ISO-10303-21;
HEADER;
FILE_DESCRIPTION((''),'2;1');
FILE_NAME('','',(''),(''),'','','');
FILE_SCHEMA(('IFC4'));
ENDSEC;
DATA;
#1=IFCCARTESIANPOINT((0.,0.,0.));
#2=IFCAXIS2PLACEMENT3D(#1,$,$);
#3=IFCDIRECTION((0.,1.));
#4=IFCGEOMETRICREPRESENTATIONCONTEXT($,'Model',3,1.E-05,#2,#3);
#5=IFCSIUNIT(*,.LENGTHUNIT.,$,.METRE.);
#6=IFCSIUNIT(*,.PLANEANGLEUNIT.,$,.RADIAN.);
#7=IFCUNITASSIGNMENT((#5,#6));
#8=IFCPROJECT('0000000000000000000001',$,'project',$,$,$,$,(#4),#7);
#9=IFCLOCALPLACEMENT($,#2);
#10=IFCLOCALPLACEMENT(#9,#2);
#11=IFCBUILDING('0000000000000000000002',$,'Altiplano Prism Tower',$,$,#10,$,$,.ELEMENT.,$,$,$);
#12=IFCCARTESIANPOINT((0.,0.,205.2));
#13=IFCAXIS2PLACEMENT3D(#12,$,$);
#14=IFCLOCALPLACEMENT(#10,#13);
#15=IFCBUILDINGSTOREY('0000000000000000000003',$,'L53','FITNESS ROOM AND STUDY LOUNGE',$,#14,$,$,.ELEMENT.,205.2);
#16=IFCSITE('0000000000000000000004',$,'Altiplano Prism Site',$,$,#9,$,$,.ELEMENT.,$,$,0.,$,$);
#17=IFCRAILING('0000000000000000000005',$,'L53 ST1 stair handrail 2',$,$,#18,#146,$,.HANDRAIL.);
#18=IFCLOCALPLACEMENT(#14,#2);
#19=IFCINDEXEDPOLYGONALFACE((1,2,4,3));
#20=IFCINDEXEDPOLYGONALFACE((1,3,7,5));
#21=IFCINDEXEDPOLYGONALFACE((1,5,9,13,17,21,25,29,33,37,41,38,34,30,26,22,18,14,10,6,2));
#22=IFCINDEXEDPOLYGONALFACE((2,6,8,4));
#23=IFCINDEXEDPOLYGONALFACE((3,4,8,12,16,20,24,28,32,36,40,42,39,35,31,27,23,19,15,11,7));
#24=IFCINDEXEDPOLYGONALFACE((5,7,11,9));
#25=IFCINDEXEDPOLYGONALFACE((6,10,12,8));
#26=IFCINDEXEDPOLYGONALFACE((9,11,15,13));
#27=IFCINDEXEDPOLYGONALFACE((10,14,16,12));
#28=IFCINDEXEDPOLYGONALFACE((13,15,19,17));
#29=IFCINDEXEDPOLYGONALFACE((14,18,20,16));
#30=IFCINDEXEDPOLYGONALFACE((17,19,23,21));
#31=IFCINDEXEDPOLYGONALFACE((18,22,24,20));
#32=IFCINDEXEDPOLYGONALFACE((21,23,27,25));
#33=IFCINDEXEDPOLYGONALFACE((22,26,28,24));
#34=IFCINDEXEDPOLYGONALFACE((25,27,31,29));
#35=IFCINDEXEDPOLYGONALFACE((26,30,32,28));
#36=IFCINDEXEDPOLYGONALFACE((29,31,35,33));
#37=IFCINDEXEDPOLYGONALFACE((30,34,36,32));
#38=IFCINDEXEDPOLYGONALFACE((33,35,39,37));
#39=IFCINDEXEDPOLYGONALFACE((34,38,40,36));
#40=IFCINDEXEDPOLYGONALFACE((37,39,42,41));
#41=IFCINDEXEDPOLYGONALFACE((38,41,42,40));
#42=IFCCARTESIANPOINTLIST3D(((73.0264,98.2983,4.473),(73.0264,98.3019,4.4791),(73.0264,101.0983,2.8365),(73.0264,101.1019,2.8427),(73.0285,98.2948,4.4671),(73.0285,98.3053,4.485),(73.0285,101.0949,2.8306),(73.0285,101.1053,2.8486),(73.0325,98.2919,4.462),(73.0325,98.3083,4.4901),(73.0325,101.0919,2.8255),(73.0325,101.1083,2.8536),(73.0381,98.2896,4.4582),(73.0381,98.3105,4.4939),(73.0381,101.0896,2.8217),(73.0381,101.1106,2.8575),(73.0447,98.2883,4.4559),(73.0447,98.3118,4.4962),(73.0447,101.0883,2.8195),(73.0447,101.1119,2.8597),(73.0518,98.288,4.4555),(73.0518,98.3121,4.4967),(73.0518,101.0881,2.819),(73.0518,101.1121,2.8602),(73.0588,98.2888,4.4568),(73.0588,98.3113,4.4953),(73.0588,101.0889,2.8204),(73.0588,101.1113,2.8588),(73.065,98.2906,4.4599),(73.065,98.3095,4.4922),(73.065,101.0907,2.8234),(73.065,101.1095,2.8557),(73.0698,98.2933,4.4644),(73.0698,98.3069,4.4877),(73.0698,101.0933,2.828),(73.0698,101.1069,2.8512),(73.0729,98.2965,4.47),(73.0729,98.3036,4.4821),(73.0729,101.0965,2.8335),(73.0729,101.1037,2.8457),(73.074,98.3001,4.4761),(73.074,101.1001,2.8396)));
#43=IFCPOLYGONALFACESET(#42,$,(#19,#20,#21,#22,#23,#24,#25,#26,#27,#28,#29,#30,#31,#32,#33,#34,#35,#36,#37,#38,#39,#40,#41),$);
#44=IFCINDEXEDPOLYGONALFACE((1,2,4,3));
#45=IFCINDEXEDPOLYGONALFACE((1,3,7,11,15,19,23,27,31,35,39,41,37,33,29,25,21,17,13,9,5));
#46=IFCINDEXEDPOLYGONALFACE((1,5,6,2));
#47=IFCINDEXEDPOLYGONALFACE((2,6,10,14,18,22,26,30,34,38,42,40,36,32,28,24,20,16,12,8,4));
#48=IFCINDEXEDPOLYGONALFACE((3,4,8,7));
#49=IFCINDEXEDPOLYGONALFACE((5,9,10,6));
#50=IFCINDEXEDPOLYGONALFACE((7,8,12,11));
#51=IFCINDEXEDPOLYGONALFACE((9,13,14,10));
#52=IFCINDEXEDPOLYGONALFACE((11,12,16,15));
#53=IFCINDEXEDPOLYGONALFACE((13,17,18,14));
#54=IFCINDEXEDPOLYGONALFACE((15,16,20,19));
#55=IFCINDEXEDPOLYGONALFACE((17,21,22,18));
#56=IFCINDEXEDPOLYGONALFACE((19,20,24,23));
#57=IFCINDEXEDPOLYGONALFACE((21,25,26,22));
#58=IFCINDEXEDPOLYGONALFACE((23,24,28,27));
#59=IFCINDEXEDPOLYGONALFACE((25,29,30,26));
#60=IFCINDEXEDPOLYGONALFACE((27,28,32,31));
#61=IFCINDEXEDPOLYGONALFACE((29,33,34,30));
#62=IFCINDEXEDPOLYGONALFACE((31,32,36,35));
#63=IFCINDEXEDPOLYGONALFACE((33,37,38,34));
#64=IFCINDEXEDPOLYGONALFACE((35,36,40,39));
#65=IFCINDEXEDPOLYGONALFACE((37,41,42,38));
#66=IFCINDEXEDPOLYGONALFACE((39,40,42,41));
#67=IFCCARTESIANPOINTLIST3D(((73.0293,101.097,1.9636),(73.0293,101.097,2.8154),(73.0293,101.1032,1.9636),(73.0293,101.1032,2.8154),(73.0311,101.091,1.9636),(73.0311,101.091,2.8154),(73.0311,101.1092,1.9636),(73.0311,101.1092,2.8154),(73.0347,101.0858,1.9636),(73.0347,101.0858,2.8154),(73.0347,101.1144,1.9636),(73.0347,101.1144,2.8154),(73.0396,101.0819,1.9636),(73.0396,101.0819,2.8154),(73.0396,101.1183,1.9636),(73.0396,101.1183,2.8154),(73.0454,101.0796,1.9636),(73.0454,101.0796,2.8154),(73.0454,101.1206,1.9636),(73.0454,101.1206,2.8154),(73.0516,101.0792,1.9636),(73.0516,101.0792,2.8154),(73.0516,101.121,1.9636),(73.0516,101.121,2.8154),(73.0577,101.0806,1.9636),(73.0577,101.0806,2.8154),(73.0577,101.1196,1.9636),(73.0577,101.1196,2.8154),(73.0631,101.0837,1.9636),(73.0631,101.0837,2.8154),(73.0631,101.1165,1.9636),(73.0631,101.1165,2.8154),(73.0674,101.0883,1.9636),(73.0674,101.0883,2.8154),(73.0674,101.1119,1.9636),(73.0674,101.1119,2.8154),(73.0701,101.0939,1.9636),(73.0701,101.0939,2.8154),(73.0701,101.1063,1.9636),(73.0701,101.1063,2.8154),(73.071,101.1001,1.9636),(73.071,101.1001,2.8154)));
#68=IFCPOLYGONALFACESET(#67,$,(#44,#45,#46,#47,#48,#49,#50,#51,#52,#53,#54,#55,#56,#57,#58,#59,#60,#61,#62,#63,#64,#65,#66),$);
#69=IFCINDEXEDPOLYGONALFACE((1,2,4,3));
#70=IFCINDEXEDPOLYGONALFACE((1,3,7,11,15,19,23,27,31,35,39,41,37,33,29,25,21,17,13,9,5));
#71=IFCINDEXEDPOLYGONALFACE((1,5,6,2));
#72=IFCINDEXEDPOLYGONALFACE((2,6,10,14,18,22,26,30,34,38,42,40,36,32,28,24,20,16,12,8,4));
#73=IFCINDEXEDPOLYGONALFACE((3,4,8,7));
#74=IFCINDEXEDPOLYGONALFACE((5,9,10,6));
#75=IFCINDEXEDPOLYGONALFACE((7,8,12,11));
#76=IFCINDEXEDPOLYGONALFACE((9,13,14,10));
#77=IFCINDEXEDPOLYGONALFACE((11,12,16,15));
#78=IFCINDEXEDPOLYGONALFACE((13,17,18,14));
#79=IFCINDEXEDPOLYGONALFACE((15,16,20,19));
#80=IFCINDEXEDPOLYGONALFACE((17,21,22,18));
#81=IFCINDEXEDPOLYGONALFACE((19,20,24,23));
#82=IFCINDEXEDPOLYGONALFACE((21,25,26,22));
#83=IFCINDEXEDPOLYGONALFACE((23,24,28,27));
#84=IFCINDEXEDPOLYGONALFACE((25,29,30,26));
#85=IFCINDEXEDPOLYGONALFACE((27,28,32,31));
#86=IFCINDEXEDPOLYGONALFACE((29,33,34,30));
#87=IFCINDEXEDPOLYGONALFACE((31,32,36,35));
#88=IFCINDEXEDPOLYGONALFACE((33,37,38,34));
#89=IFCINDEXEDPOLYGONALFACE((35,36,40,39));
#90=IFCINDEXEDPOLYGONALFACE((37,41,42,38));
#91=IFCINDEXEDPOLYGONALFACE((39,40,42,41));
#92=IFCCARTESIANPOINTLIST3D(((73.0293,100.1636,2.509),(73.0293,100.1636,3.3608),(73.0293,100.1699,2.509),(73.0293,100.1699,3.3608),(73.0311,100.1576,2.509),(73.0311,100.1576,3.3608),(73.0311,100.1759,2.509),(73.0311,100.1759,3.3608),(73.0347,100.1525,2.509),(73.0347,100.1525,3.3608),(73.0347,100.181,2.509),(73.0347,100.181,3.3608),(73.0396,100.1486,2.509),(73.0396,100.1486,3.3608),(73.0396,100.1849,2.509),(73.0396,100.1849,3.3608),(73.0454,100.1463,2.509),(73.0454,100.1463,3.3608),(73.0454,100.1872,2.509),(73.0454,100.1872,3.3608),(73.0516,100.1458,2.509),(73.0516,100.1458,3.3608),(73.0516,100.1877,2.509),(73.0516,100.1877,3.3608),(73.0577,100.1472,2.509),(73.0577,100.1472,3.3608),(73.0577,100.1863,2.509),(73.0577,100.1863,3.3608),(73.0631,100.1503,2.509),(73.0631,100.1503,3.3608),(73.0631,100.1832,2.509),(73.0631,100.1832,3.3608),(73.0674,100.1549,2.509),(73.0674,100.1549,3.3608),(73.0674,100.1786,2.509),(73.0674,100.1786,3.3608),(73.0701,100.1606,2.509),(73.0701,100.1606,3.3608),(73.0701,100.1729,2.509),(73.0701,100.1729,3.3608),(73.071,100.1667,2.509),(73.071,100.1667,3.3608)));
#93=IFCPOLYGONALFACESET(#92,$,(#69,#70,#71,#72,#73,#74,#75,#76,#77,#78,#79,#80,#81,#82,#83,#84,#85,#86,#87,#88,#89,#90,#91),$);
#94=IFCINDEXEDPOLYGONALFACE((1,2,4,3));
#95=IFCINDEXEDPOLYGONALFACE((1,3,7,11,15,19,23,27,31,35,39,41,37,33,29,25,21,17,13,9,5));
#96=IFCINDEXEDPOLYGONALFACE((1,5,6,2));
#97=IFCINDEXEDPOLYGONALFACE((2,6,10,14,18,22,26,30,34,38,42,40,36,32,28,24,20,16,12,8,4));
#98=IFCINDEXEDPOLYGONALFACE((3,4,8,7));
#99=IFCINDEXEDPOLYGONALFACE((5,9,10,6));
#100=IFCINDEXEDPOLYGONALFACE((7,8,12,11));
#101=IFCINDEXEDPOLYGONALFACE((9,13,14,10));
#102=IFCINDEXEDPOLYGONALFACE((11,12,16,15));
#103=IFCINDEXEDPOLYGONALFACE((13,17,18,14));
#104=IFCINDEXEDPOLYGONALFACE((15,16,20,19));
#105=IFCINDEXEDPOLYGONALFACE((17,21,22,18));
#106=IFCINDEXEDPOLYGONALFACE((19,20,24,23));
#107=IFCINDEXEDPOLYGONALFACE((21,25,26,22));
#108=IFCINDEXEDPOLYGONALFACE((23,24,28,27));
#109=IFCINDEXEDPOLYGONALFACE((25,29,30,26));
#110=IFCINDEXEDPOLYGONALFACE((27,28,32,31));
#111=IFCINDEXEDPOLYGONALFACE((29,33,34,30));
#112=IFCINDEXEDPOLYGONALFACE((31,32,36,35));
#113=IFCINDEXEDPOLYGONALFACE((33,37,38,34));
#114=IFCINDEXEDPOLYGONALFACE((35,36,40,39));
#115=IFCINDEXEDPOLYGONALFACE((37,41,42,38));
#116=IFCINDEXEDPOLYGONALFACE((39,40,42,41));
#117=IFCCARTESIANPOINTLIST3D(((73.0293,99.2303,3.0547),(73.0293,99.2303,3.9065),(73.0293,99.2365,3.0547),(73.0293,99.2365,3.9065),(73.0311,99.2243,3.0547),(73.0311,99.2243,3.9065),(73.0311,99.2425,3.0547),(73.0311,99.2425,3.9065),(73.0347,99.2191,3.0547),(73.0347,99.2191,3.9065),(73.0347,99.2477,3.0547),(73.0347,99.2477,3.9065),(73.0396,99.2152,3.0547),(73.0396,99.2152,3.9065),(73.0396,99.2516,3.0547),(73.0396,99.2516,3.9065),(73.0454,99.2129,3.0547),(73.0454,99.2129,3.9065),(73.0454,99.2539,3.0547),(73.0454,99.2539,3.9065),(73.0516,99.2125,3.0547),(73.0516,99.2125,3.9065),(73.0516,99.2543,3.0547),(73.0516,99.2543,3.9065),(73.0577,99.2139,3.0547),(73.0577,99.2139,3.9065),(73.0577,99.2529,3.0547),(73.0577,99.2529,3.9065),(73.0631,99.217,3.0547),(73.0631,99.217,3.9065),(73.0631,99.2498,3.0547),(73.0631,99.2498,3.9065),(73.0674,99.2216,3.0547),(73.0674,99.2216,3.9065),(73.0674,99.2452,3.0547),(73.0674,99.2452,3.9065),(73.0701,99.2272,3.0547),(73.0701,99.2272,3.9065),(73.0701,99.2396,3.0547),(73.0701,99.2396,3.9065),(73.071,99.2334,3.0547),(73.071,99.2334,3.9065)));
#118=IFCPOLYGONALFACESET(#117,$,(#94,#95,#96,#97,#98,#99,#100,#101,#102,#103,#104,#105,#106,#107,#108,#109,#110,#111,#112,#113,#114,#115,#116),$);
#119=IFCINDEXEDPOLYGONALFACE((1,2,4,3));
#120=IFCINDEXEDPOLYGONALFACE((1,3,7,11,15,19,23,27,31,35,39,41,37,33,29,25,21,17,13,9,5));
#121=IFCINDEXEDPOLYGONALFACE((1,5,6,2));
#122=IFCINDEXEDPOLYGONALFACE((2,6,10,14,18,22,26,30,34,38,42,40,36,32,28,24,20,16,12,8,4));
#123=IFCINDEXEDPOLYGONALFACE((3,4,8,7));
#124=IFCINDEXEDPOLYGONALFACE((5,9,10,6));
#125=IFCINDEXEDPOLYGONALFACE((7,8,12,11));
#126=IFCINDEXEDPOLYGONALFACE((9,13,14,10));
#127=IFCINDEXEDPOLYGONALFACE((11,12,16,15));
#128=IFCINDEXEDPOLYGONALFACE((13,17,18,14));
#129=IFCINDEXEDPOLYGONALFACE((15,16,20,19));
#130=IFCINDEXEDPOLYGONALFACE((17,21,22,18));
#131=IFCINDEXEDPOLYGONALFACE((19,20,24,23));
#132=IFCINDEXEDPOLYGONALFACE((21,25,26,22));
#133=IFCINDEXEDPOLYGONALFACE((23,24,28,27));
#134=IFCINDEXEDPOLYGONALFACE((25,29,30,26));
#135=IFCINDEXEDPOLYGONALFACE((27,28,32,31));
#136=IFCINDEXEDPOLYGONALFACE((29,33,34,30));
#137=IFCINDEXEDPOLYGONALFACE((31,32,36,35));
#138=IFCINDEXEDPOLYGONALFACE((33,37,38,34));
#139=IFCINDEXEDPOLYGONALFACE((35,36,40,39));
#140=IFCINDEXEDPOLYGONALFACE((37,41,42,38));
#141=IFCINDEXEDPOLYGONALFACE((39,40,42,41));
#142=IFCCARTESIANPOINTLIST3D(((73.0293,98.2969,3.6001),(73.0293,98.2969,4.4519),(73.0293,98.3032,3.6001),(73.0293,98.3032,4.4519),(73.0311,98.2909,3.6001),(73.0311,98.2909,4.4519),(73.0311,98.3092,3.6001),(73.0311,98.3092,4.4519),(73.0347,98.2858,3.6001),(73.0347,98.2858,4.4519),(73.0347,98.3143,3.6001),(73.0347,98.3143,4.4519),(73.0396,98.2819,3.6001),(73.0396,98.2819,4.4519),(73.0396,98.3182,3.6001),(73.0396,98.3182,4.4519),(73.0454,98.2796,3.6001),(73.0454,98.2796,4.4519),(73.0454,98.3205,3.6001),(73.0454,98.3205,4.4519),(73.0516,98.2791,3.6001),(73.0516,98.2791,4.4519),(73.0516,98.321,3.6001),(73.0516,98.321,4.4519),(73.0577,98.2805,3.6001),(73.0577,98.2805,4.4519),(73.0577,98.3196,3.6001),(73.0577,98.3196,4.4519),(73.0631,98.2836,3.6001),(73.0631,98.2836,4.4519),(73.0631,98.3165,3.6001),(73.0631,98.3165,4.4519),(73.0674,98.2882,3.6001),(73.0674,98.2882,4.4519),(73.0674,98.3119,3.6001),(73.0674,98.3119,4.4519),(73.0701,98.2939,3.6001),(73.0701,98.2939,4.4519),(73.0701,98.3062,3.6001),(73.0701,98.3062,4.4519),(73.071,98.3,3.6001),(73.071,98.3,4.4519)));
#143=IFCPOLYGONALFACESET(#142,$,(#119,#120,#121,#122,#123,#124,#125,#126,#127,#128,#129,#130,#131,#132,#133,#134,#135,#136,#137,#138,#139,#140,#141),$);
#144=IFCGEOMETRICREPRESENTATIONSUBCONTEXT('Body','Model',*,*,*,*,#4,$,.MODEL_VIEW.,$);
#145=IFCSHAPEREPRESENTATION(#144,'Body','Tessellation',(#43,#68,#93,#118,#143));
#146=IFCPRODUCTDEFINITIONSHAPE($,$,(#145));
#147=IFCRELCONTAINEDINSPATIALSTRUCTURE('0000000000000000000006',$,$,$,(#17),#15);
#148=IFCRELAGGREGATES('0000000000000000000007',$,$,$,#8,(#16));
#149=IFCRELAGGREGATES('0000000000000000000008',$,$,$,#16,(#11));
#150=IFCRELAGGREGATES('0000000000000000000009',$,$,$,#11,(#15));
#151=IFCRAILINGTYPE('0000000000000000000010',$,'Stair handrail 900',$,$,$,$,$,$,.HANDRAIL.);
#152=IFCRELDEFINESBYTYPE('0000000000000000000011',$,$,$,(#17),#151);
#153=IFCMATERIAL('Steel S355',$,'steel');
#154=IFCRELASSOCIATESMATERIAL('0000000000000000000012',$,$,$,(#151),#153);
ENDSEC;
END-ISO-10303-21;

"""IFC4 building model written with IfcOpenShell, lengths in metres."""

from ifc_helpers import new_model, si_unit, direction, frame, origin, origin_2d, place, context, subcontext, project, spatial, circle, extrude, material, type_object, element, save


model = new_model("IFC4")

# Units and contexts
model_context = context("Model", 3, precision=1e-05, world=origin(), true_north=direction((0.0, 1.0)))
body_context = subcontext(model_context, "Body", "Model", "MODEL_VIEW")
ifc_project = project(units=[si_unit("LENGTHUNIT", "METRE"), si_unit("PLANEANGLEUNIT", "RADIAN")], contexts=[model_context])

# Site, building, storey
site_placement = place(None, origin())
site = spatial("IfcSite", under=ifc_project, at=site_placement, Name="Altiplano Prism Site", CompositionType="ELEMENT", RefElevation=0.0)
building_placement = place(site_placement, origin())
building = spatial("IfcBuilding", under=site, at=building_placement, Name="Altiplano Prism Tower", CompositionType="ELEMENT")
storey_placement = place(building_placement, frame((0.0, 0.0, 205.2)))
storey = spatial("IfcBuildingStorey", under=building, at=storey_placement, Name="L53", Description="FITNESS ROOM AND STUDY LOUNGE", CompositionType="ELEMENT", Elevation=205.2)

# Railing
ifc_material_1 = material(Name="Steel S355", Category="steel")
railing_type = type_object("IfcRailingType", Name="Stair handrail 900", PredefinedType="HANDRAIL", material=ifc_material_1)
railing_placement = place(storey_placement, frame((73.05, 101.1001, 1.9636)))
element("IfcRailing", 1, at=railing_placement, inside=storey, type_object=railing_type, Name="L53 ST1 stair handrail 2", PredefinedType="HANDRAIL", context=body_context, shape_type="SweptSolid", body=[
    extrude(circle(Radius=0.0239, at=origin_2d()), frame((0.0, 0.0, 0.876), z_axis=(0.0, -0.863361, 0.504587), x_axis=(1.0, 0.0, 0.0)), (0.0, 0.0, 1.0), 3.2432),
    extrude(circle(Radius=0.021, at=origin_2d()), origin(), (0.0, 0.0, 1.0), 0.8518),
    extrude(circle(Radius=0.021, at=origin_2d()), frame((0.0, -0.9333, 0.5454)), (0.0, 0.0, 1.0), 0.8518),
    extrude(circle(Radius=0.021, at=origin_2d()), frame((0.0, -1.8667, 1.0911)), (0.0, 0.0, 1.0), 0.8518),
    extrude(circle(Radius=0.021, at=origin_2d()), frame((0.0, -2.8, 1.6365)), (0.0, 0.0, 1.0), 0.8518),
])

save(model, "model.ifc")
